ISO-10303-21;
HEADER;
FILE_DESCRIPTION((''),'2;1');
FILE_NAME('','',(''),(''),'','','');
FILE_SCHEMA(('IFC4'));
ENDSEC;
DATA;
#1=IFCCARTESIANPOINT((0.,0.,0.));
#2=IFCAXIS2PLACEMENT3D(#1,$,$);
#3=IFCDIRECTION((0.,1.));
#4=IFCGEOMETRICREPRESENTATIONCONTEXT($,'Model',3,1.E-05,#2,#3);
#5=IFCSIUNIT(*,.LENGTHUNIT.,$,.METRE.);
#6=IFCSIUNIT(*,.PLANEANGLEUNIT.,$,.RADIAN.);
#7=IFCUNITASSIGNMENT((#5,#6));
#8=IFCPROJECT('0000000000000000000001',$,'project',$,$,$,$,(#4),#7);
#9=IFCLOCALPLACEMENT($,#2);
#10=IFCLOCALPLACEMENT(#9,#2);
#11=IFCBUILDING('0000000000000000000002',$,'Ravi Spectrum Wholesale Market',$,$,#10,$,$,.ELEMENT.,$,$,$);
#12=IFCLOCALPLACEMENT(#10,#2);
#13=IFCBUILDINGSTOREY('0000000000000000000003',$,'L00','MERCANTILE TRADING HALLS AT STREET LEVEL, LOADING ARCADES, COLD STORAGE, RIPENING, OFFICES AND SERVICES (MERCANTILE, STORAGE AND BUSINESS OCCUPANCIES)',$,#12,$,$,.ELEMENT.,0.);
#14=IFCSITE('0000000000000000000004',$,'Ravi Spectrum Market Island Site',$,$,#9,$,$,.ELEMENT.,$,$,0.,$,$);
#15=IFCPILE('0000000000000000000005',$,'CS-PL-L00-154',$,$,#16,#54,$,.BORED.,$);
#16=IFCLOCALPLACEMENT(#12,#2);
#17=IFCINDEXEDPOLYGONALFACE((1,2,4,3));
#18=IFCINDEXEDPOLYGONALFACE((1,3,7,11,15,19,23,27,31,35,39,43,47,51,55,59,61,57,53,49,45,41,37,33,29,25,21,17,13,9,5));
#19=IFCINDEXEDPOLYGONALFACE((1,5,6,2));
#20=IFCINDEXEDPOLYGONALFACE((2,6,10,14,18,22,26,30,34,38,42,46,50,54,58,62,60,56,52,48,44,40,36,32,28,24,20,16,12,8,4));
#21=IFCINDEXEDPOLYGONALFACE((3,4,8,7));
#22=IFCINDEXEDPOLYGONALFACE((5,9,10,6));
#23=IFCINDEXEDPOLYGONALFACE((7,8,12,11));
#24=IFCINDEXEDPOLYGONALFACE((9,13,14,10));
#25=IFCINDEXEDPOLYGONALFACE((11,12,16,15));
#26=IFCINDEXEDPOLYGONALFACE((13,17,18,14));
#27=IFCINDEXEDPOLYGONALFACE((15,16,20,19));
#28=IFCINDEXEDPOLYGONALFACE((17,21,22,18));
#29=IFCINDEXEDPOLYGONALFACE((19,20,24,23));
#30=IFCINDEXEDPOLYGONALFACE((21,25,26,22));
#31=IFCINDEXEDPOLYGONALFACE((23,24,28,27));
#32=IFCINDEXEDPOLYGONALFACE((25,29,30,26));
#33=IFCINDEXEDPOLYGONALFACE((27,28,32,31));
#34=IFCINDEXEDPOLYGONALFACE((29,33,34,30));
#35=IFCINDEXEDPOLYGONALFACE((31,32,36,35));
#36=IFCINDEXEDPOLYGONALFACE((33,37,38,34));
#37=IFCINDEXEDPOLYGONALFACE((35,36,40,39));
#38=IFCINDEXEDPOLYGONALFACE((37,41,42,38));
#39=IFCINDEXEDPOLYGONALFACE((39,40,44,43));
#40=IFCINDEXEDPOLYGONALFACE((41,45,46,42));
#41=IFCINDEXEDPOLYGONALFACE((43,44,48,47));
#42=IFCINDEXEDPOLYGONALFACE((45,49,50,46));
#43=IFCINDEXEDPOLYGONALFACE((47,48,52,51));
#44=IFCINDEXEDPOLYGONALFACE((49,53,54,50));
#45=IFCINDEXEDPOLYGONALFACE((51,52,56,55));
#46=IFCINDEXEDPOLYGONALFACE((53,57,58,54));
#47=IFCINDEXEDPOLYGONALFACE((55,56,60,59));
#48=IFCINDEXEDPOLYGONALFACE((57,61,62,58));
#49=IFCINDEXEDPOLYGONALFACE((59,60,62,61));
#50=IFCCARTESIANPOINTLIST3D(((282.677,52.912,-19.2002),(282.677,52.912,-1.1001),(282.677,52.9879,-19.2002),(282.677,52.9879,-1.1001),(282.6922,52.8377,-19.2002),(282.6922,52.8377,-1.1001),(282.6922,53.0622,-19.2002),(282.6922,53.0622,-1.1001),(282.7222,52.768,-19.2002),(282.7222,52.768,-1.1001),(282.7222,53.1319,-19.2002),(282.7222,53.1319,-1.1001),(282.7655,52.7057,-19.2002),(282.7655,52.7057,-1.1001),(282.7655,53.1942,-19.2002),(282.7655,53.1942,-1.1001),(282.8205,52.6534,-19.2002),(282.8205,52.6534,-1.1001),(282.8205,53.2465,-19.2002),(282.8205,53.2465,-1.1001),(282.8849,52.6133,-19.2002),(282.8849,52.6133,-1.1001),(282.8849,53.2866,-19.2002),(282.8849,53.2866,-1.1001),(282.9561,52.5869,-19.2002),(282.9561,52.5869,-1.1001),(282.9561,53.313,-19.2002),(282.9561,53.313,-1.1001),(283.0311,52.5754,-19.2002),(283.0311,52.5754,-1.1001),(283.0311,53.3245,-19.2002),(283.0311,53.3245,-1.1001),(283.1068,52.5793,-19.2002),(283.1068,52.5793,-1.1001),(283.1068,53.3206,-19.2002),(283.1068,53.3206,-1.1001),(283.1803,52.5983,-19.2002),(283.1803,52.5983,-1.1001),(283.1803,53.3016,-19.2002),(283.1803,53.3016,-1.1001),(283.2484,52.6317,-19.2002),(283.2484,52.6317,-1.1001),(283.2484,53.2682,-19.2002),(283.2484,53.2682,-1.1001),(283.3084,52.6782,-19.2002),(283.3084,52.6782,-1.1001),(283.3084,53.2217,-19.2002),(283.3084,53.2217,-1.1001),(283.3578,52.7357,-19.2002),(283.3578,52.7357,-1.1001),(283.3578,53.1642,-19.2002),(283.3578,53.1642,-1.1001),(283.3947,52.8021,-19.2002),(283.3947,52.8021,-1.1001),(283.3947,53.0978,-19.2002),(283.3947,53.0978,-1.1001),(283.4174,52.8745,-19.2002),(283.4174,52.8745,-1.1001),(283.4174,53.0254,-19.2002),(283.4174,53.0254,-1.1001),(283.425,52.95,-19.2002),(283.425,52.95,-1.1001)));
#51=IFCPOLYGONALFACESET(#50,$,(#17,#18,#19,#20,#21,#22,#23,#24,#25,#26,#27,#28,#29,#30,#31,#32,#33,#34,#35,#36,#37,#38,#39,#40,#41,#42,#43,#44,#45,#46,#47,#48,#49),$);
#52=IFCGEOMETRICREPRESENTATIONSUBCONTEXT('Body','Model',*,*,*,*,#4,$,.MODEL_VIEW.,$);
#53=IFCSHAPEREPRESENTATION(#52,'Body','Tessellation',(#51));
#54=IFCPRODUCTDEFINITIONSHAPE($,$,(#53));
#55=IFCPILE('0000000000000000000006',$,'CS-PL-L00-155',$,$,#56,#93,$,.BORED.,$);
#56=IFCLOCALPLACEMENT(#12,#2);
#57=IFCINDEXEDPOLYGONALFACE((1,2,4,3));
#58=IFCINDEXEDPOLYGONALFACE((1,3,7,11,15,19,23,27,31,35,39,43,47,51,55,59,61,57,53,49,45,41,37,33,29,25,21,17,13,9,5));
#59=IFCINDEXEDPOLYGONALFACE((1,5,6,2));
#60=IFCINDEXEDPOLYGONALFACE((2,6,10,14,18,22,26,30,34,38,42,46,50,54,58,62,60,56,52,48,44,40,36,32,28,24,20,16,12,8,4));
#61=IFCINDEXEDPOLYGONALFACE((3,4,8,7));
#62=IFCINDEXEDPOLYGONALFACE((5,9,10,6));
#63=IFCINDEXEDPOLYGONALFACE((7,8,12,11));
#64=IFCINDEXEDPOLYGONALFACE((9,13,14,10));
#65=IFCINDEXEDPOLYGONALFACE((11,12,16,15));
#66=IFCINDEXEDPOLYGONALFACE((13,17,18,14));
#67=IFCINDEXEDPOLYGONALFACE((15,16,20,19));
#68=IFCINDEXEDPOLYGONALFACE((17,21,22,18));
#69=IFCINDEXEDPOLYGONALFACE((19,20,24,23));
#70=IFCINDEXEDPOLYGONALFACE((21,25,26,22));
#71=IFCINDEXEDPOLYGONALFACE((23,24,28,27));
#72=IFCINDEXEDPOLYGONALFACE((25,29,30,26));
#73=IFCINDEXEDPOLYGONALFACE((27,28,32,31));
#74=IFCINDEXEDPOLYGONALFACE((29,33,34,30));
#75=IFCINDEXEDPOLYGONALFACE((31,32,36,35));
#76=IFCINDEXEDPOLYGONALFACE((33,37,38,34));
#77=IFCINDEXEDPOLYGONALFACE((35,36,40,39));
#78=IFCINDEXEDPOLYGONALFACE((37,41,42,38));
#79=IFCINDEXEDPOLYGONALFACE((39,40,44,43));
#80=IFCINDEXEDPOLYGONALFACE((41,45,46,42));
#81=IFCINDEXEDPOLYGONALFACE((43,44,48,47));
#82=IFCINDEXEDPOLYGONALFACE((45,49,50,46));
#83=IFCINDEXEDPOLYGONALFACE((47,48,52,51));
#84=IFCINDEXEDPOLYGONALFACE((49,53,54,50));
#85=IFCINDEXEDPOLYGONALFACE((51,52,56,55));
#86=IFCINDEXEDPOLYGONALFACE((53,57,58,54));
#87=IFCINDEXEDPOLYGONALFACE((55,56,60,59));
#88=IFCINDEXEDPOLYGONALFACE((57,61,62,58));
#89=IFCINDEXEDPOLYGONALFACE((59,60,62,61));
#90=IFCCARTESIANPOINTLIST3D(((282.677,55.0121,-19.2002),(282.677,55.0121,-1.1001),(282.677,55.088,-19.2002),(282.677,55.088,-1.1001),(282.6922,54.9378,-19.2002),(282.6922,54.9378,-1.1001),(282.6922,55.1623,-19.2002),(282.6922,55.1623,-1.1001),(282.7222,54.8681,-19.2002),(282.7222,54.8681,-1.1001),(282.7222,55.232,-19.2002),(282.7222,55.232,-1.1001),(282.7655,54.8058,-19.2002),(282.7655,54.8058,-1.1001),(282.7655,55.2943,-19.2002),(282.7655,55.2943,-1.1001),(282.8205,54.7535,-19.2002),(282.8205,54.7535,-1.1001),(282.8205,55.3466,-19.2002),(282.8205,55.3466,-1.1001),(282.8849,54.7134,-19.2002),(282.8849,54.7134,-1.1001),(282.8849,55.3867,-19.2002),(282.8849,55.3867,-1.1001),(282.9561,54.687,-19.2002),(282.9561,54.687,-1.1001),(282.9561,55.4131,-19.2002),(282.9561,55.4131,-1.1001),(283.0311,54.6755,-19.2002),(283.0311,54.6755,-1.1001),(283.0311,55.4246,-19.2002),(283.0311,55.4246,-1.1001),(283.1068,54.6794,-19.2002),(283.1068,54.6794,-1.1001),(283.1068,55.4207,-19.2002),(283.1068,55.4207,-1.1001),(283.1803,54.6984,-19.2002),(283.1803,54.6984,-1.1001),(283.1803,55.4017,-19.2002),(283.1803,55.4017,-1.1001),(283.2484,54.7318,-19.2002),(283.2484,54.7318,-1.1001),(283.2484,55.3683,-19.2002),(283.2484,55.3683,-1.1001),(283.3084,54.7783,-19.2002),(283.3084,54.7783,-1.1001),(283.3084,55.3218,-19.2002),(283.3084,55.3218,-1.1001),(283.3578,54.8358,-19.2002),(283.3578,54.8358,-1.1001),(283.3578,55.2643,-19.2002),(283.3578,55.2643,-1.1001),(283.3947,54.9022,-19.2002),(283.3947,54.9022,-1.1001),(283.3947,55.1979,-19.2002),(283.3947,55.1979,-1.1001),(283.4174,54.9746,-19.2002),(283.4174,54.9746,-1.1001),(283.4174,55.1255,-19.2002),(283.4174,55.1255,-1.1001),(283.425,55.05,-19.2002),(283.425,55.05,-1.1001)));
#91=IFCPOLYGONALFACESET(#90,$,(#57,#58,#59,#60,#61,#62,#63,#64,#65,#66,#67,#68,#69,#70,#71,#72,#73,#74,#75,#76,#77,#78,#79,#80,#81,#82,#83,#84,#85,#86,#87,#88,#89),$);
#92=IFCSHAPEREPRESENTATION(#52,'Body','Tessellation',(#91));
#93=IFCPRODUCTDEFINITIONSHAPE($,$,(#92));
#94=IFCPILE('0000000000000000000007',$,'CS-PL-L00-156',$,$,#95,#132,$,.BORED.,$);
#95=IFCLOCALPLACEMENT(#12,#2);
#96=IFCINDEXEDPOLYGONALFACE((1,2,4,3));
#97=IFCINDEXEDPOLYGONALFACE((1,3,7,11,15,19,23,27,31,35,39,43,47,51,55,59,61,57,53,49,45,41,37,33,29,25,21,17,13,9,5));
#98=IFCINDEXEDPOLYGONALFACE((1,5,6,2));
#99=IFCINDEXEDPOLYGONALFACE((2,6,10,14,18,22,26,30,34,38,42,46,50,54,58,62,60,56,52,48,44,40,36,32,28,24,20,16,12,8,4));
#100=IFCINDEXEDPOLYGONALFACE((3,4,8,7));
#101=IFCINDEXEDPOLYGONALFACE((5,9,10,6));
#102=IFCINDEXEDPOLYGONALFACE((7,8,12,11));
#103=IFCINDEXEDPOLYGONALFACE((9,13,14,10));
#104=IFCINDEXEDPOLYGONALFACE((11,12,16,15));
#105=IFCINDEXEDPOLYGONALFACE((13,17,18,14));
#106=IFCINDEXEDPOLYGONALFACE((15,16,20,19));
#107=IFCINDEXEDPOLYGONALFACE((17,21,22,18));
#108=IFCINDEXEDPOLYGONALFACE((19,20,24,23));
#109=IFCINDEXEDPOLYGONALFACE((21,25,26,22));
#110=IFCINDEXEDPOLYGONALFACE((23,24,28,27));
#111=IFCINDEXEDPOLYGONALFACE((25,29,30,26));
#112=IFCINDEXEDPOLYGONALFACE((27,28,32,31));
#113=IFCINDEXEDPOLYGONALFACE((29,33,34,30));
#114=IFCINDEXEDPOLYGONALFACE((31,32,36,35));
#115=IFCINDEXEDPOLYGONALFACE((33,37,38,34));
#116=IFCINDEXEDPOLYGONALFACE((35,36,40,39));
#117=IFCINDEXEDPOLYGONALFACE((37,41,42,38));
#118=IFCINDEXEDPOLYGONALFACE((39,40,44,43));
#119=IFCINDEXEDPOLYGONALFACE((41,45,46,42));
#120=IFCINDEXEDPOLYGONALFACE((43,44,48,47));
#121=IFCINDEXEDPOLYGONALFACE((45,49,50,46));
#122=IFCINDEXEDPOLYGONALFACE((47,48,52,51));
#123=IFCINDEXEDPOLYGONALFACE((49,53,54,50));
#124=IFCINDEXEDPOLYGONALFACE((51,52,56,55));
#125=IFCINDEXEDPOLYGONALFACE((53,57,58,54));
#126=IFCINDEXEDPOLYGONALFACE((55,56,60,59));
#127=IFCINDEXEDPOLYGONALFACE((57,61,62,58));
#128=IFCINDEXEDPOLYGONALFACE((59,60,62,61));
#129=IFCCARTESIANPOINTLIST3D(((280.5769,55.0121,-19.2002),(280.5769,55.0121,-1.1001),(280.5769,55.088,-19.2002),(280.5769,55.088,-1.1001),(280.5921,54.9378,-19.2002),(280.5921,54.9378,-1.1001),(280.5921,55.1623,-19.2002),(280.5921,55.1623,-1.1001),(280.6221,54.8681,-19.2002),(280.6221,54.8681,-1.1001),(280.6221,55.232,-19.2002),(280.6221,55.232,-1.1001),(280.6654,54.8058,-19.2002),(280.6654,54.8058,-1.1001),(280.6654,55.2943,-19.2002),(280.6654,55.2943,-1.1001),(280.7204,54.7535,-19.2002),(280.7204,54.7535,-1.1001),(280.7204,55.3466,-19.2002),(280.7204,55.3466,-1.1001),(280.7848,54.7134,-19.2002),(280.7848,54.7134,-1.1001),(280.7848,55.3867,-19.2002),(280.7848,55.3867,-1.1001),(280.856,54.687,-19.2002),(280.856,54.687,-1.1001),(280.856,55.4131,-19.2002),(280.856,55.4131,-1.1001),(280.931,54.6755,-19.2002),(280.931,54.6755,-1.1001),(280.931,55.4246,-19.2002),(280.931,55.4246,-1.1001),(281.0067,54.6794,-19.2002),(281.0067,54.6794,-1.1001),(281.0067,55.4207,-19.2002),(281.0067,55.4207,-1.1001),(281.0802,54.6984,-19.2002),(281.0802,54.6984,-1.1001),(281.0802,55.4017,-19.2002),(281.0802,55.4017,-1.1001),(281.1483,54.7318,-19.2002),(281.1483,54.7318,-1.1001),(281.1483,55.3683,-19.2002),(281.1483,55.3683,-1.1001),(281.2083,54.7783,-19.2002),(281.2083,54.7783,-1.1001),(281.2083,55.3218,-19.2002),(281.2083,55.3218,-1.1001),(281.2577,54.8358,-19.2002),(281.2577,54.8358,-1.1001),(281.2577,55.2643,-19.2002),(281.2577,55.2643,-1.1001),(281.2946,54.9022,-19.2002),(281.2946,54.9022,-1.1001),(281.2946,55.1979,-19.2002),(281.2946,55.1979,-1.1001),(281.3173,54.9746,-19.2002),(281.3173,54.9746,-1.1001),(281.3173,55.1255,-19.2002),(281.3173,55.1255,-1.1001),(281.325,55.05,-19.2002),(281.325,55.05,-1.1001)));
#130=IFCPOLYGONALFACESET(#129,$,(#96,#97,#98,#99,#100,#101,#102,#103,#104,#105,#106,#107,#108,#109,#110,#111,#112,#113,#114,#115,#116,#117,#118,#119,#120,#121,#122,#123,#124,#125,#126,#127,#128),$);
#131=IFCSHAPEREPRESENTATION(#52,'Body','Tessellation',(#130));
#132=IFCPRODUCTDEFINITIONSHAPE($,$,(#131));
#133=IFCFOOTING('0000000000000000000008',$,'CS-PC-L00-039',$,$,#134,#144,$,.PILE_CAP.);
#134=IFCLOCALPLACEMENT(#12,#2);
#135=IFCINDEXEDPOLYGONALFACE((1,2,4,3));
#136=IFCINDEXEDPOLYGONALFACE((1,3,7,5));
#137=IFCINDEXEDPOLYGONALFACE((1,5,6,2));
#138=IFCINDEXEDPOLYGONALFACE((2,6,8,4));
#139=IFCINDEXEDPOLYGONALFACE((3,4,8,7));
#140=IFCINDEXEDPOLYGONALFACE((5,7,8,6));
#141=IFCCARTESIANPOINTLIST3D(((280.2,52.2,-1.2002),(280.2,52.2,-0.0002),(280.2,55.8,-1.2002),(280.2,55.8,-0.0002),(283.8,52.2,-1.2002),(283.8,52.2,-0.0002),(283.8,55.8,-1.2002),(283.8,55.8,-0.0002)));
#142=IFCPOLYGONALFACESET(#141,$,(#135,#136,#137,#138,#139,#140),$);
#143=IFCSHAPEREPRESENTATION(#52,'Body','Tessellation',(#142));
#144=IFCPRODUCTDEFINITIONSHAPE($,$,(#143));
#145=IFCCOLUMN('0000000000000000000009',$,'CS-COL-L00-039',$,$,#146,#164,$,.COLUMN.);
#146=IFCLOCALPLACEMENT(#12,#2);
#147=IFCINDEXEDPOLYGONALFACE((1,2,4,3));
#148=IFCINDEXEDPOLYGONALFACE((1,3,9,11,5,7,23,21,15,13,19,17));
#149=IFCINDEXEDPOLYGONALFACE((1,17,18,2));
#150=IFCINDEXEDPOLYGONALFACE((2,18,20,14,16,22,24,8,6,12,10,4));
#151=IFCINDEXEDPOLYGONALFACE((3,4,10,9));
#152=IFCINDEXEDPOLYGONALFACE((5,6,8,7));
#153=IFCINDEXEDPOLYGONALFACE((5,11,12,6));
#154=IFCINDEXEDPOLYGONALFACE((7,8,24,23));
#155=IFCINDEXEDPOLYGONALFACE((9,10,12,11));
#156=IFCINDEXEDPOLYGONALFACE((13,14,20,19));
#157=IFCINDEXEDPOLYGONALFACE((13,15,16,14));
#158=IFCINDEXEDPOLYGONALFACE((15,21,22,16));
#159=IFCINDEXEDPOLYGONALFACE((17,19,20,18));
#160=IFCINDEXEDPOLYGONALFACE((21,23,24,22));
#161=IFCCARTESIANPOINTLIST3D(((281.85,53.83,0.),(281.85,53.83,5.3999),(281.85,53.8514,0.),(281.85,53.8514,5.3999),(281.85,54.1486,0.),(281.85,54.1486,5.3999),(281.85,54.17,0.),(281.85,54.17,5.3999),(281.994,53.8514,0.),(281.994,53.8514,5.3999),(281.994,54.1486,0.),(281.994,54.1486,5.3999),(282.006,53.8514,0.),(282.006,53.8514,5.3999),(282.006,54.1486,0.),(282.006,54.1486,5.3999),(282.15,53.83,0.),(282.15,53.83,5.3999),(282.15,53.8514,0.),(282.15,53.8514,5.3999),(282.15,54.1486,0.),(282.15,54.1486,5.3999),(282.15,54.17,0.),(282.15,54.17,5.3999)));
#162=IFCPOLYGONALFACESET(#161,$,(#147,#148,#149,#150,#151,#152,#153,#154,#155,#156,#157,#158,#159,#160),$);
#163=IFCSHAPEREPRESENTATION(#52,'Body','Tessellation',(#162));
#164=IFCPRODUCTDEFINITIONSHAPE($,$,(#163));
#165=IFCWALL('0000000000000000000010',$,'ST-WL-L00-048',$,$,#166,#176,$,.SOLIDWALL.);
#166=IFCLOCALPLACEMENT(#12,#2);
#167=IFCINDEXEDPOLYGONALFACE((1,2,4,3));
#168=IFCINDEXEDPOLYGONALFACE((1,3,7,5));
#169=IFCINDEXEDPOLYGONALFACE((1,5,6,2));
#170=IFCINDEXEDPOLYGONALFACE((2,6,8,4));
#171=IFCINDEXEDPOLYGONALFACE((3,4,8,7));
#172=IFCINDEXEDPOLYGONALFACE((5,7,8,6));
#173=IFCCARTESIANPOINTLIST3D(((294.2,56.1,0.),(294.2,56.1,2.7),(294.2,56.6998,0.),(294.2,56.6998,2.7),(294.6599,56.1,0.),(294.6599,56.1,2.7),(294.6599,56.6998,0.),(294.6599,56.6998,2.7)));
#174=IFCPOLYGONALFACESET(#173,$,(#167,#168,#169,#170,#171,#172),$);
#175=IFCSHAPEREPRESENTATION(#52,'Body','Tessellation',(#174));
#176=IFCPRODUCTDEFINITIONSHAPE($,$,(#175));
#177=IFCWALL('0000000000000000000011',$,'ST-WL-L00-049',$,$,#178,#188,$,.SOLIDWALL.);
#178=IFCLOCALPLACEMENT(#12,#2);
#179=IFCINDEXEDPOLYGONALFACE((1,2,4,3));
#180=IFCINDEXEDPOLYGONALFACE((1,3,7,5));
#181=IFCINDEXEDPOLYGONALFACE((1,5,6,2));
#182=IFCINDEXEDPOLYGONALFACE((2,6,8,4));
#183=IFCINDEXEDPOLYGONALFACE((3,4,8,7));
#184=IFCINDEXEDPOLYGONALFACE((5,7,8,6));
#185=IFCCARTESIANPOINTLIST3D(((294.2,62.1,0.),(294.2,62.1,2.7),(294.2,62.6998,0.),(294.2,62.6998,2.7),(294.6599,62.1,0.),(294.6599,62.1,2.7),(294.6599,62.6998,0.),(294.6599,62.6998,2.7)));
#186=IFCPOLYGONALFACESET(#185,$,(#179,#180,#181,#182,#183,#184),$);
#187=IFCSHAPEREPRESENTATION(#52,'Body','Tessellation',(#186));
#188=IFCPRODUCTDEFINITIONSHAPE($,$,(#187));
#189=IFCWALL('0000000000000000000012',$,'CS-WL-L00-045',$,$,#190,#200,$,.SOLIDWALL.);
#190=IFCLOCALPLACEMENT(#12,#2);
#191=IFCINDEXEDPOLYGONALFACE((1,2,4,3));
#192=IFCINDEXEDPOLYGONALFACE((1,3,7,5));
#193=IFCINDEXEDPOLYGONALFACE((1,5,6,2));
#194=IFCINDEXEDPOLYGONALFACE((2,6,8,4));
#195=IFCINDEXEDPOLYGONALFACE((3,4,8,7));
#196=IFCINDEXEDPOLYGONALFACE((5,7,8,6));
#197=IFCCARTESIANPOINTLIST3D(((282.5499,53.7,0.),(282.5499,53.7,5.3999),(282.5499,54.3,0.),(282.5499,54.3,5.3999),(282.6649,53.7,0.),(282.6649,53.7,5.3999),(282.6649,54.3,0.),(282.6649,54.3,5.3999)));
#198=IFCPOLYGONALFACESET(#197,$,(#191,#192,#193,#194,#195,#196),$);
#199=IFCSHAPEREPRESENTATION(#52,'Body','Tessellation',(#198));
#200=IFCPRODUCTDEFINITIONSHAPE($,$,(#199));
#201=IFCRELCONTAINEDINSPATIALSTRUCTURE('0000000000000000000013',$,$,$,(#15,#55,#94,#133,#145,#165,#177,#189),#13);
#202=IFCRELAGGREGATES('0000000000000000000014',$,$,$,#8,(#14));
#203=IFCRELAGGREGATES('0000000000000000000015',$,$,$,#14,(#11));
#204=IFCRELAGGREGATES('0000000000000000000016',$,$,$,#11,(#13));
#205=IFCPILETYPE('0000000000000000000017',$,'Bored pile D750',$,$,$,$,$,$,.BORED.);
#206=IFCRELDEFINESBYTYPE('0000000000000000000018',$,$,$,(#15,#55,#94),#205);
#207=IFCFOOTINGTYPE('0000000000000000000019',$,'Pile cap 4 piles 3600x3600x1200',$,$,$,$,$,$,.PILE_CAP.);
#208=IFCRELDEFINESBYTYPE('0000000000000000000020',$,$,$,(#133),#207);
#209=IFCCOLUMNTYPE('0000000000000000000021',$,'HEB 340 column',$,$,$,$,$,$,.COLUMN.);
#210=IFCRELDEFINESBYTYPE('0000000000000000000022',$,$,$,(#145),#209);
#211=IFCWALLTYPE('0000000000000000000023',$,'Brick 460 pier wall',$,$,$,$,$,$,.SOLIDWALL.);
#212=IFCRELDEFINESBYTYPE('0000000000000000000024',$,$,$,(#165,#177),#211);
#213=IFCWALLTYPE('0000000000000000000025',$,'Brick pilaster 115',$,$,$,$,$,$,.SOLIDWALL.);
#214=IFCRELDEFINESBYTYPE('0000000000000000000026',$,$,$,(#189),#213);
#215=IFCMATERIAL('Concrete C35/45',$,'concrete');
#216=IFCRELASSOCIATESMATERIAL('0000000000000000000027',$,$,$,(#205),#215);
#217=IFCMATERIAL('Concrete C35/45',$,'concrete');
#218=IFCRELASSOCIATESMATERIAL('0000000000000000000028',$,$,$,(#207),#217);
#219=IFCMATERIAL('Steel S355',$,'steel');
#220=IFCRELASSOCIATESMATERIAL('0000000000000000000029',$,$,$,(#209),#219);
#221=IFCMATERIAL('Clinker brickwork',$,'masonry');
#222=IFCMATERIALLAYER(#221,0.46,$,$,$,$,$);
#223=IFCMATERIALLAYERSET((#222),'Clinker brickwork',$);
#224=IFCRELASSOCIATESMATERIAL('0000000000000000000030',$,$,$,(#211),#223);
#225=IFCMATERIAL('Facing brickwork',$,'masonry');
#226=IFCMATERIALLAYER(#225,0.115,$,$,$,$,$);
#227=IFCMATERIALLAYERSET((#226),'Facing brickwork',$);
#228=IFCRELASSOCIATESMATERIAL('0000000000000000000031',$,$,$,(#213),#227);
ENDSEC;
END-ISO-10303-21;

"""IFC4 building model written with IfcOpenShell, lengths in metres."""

from ifc_helpers import new_model, si_unit, direction, frame, frame_2d, origin, origin_2d, place, context, subcontext, project, spatial, rectangle, circle, i_section, extrude, material, layer, layer_set, material_profile, profile_set, type_object, element, save


model = new_model("IFC4")

# Units and contexts
model_context = context("Model", 3, precision=1e-05, world=origin(), true_north=direction((0.0, 1.0)))
body_context = subcontext(model_context, "Body", "Model", "MODEL_VIEW")
ifc_project = project(units=[si_unit("LENGTHUNIT", "METRE"), si_unit("PLANEANGLEUNIT", "RADIAN")], contexts=[model_context])

# Site, building, storey
site_placement = place(None, origin())
site = spatial("IfcSite", under=ifc_project, at=site_placement, Name="Ravi Spectrum Market Island Site", CompositionType="ELEMENT", RefElevation=0.0)
building_placement = place(site_placement, origin())
building = spatial("IfcBuilding", under=site, at=building_placement, Name="Ravi Spectrum Wholesale Market", CompositionType="ELEMENT")
storey_placement = place(building_placement, origin())
storey = spatial("IfcBuildingStorey", under=building, at=storey_placement, Name="L00", Description="MERCANTILE TRADING HALLS AT STREET LEVEL, LOADING ARCADES, COLD STORAGE, RIPENING, OFFICES AND SERVICES (MERCANTILE, STORAGE AND BUSINESS OCCUPANCIES)", CompositionType="ELEMENT", Elevation=0.0)

# Piles
ifc_material_1 = material(Name="Concrete C35/45", Category="concrete")
ifc_material_profile_1 = material_profile(ifc_material_1, circle(Radius=0.375, at=origin_2d()))
ifc_profile_set_1 = profile_set([ifc_material_profile_1], Name="Concrete C35/45")
pile_type = type_object("IfcPileType", Name="Bored pile D750", PredefinedType="BORED", material=ifc_profile_set_1)
for number, where, z_axis, x_axis, name in (
    (1, (283.05, 52.95, -1.1001), (0.0, 0.0, -1.0), (1.0, 0.0, 0.0), "CS-PL-L00-154"),
    (2, (283.05, 55.05, -1.1001), (0.0, 0.0, -1.0), (1.0, 0.0, 0.0), "CS-PL-L00-155"),
    (3, (280.95, 55.05, -1.1001), (0.0, 0.0, -1.0), (1.0, 0.0, 0.0), "CS-PL-L00-156"),
):
    element("IfcPile", number, at=place(storey_placement, frame(where, z_axis=z_axis, x_axis=x_axis)), inside=storey, type_object=pile_type, Name=name, PredefinedType="BORED", context=body_context, shape_type="SweptSolid", body=[
        extrude(circle(Radius=0.375, at=origin_2d()), origin(), (0.0, 0.0, 1.0), 18.1001),
    ])

# Footing
ifc_material_2 = material(Name="Concrete C35/45", Category="concrete")
footing_type = type_object("IfcFootingType", Name="Pile cap 4 piles 3600x3600x1200", PredefinedType="PILE_CAP", material=ifc_material_2)
footing_placement = place(storey_placement, frame((282.0, 54.0, -1.2002), z_axis=(0.0, 0.0, 1.0), x_axis=(1.0, 0.0, 0.0)))
element("IfcFooting", 4, at=footing_placement, inside=storey, type_object=footing_type, Name="CS-PC-L00-039", PredefinedType="PILE_CAP", context=body_context, shape_type="SweptSolid", body=[
    extrude(rectangle(XDim=3.6001, YDim=3.6001, at=origin_2d()), origin(), (0.0, 0.0, 1.0), 1.2),
])

# Column
ifc_material_3 = material(Name="Steel S355", Category="steel")
ifc_material_profile_2 = material_profile(ifc_material_3, i_section(OverallWidth=0.3, OverallDepth=0.3401, WebThickness=0.012, FlangeThickness=0.0215, at=origin_2d()))
ifc_profile_set_2 = profile_set([ifc_material_profile_2], Name="Steel S355")
column_type = type_object("IfcColumnType", Name="HEB 340 column", PredefinedType="COLUMN", material=ifc_profile_set_2)
column_placement = place(storey_placement, frame((282.0, 54.0, 0.0), z_axis=(0.0, 0.0, 1.0), x_axis=(1.0, 0.0, 0.0)))
element("IfcColumn", 5, at=column_placement, inside=storey, type_object=column_type, Name="CS-COL-L00-039", PredefinedType="COLUMN", context=body_context, shape_type="SweptSolid", body=[
    extrude(i_section(OverallWidth=0.3, OverallDepth=0.3401, WebThickness=0.012, FlangeThickness=0.0215, at=origin_2d()), origin(), (0.0, 0.0, 1.0), 5.3999),
])

# Walls
ifc_material_4 = material(Name="Clinker brickwork", Category="masonry")
ifc_layer_1 = layer(ifc_material_4, 0.46)
ifc_layer_set_1 = layer_set([ifc_layer_1], Name="Clinker brickwork")
wall_type_1 = type_object("IfcWallType", Name="Brick 460 pier wall", PredefinedType="SOLIDWALL", material=ifc_layer_set_1)
for number, where, z_axis, x_axis, name in (
    (6, (294.4299, 56.1001, 0.0), (0.0, 0.0, 1.0), (0.0, 1.0, 0.0), "ST-WL-L00-048"),
    (7, (294.4299, 62.1001, 0.0), (0.0, 0.0, 1.0), (0.0, 1.0, 0.0), "ST-WL-L00-049"),
):
    element("IfcWall", number, at=place(storey_placement, frame(where, z_axis=z_axis, x_axis=x_axis)), inside=storey, type_object=wall_type_1, Name=name, PredefinedType="SOLIDWALL", context=body_context, shape_type="SweptSolid", body=[
        extrude(rectangle(XDim=0.5999, YDim=0.46, at=frame_2d((0.2998, 0.0))), origin(), (0.0, 0.0, 1.0), 2.7),
    ])
ifc_material_5 = material(Name="Facing brickwork", Category="masonry")
ifc_layer_2 = layer(ifc_material_5, 0.115)
ifc_layer_set_2 = layer_set([ifc_layer_2], Name="Facing brickwork")
wall_type_2 = type_object("IfcWallType", Name="Brick pilaster 115", PredefinedType="SOLIDWALL", material=ifc_layer_set_2)
wall_placement = place(storey_placement, frame((282.6074, 53.7, 0.0), z_axis=(0.0, 0.0, 1.0), x_axis=(0.0, 1.0, 0.0)))
element("IfcWall", 8, at=wall_placement, inside=storey, type_object=wall_type_2, Name="CS-WL-L00-045", PredefinedType="SOLIDWALL", context=body_context, shape_type="SweptSolid", body=[
    extrude(rectangle(XDim=0.6001, YDim=0.115, at=frame_2d((0.3, 0.0))), origin(), (0.0, 0.0, 1.0), 5.3999),
])

save(model, "model.ifc")
